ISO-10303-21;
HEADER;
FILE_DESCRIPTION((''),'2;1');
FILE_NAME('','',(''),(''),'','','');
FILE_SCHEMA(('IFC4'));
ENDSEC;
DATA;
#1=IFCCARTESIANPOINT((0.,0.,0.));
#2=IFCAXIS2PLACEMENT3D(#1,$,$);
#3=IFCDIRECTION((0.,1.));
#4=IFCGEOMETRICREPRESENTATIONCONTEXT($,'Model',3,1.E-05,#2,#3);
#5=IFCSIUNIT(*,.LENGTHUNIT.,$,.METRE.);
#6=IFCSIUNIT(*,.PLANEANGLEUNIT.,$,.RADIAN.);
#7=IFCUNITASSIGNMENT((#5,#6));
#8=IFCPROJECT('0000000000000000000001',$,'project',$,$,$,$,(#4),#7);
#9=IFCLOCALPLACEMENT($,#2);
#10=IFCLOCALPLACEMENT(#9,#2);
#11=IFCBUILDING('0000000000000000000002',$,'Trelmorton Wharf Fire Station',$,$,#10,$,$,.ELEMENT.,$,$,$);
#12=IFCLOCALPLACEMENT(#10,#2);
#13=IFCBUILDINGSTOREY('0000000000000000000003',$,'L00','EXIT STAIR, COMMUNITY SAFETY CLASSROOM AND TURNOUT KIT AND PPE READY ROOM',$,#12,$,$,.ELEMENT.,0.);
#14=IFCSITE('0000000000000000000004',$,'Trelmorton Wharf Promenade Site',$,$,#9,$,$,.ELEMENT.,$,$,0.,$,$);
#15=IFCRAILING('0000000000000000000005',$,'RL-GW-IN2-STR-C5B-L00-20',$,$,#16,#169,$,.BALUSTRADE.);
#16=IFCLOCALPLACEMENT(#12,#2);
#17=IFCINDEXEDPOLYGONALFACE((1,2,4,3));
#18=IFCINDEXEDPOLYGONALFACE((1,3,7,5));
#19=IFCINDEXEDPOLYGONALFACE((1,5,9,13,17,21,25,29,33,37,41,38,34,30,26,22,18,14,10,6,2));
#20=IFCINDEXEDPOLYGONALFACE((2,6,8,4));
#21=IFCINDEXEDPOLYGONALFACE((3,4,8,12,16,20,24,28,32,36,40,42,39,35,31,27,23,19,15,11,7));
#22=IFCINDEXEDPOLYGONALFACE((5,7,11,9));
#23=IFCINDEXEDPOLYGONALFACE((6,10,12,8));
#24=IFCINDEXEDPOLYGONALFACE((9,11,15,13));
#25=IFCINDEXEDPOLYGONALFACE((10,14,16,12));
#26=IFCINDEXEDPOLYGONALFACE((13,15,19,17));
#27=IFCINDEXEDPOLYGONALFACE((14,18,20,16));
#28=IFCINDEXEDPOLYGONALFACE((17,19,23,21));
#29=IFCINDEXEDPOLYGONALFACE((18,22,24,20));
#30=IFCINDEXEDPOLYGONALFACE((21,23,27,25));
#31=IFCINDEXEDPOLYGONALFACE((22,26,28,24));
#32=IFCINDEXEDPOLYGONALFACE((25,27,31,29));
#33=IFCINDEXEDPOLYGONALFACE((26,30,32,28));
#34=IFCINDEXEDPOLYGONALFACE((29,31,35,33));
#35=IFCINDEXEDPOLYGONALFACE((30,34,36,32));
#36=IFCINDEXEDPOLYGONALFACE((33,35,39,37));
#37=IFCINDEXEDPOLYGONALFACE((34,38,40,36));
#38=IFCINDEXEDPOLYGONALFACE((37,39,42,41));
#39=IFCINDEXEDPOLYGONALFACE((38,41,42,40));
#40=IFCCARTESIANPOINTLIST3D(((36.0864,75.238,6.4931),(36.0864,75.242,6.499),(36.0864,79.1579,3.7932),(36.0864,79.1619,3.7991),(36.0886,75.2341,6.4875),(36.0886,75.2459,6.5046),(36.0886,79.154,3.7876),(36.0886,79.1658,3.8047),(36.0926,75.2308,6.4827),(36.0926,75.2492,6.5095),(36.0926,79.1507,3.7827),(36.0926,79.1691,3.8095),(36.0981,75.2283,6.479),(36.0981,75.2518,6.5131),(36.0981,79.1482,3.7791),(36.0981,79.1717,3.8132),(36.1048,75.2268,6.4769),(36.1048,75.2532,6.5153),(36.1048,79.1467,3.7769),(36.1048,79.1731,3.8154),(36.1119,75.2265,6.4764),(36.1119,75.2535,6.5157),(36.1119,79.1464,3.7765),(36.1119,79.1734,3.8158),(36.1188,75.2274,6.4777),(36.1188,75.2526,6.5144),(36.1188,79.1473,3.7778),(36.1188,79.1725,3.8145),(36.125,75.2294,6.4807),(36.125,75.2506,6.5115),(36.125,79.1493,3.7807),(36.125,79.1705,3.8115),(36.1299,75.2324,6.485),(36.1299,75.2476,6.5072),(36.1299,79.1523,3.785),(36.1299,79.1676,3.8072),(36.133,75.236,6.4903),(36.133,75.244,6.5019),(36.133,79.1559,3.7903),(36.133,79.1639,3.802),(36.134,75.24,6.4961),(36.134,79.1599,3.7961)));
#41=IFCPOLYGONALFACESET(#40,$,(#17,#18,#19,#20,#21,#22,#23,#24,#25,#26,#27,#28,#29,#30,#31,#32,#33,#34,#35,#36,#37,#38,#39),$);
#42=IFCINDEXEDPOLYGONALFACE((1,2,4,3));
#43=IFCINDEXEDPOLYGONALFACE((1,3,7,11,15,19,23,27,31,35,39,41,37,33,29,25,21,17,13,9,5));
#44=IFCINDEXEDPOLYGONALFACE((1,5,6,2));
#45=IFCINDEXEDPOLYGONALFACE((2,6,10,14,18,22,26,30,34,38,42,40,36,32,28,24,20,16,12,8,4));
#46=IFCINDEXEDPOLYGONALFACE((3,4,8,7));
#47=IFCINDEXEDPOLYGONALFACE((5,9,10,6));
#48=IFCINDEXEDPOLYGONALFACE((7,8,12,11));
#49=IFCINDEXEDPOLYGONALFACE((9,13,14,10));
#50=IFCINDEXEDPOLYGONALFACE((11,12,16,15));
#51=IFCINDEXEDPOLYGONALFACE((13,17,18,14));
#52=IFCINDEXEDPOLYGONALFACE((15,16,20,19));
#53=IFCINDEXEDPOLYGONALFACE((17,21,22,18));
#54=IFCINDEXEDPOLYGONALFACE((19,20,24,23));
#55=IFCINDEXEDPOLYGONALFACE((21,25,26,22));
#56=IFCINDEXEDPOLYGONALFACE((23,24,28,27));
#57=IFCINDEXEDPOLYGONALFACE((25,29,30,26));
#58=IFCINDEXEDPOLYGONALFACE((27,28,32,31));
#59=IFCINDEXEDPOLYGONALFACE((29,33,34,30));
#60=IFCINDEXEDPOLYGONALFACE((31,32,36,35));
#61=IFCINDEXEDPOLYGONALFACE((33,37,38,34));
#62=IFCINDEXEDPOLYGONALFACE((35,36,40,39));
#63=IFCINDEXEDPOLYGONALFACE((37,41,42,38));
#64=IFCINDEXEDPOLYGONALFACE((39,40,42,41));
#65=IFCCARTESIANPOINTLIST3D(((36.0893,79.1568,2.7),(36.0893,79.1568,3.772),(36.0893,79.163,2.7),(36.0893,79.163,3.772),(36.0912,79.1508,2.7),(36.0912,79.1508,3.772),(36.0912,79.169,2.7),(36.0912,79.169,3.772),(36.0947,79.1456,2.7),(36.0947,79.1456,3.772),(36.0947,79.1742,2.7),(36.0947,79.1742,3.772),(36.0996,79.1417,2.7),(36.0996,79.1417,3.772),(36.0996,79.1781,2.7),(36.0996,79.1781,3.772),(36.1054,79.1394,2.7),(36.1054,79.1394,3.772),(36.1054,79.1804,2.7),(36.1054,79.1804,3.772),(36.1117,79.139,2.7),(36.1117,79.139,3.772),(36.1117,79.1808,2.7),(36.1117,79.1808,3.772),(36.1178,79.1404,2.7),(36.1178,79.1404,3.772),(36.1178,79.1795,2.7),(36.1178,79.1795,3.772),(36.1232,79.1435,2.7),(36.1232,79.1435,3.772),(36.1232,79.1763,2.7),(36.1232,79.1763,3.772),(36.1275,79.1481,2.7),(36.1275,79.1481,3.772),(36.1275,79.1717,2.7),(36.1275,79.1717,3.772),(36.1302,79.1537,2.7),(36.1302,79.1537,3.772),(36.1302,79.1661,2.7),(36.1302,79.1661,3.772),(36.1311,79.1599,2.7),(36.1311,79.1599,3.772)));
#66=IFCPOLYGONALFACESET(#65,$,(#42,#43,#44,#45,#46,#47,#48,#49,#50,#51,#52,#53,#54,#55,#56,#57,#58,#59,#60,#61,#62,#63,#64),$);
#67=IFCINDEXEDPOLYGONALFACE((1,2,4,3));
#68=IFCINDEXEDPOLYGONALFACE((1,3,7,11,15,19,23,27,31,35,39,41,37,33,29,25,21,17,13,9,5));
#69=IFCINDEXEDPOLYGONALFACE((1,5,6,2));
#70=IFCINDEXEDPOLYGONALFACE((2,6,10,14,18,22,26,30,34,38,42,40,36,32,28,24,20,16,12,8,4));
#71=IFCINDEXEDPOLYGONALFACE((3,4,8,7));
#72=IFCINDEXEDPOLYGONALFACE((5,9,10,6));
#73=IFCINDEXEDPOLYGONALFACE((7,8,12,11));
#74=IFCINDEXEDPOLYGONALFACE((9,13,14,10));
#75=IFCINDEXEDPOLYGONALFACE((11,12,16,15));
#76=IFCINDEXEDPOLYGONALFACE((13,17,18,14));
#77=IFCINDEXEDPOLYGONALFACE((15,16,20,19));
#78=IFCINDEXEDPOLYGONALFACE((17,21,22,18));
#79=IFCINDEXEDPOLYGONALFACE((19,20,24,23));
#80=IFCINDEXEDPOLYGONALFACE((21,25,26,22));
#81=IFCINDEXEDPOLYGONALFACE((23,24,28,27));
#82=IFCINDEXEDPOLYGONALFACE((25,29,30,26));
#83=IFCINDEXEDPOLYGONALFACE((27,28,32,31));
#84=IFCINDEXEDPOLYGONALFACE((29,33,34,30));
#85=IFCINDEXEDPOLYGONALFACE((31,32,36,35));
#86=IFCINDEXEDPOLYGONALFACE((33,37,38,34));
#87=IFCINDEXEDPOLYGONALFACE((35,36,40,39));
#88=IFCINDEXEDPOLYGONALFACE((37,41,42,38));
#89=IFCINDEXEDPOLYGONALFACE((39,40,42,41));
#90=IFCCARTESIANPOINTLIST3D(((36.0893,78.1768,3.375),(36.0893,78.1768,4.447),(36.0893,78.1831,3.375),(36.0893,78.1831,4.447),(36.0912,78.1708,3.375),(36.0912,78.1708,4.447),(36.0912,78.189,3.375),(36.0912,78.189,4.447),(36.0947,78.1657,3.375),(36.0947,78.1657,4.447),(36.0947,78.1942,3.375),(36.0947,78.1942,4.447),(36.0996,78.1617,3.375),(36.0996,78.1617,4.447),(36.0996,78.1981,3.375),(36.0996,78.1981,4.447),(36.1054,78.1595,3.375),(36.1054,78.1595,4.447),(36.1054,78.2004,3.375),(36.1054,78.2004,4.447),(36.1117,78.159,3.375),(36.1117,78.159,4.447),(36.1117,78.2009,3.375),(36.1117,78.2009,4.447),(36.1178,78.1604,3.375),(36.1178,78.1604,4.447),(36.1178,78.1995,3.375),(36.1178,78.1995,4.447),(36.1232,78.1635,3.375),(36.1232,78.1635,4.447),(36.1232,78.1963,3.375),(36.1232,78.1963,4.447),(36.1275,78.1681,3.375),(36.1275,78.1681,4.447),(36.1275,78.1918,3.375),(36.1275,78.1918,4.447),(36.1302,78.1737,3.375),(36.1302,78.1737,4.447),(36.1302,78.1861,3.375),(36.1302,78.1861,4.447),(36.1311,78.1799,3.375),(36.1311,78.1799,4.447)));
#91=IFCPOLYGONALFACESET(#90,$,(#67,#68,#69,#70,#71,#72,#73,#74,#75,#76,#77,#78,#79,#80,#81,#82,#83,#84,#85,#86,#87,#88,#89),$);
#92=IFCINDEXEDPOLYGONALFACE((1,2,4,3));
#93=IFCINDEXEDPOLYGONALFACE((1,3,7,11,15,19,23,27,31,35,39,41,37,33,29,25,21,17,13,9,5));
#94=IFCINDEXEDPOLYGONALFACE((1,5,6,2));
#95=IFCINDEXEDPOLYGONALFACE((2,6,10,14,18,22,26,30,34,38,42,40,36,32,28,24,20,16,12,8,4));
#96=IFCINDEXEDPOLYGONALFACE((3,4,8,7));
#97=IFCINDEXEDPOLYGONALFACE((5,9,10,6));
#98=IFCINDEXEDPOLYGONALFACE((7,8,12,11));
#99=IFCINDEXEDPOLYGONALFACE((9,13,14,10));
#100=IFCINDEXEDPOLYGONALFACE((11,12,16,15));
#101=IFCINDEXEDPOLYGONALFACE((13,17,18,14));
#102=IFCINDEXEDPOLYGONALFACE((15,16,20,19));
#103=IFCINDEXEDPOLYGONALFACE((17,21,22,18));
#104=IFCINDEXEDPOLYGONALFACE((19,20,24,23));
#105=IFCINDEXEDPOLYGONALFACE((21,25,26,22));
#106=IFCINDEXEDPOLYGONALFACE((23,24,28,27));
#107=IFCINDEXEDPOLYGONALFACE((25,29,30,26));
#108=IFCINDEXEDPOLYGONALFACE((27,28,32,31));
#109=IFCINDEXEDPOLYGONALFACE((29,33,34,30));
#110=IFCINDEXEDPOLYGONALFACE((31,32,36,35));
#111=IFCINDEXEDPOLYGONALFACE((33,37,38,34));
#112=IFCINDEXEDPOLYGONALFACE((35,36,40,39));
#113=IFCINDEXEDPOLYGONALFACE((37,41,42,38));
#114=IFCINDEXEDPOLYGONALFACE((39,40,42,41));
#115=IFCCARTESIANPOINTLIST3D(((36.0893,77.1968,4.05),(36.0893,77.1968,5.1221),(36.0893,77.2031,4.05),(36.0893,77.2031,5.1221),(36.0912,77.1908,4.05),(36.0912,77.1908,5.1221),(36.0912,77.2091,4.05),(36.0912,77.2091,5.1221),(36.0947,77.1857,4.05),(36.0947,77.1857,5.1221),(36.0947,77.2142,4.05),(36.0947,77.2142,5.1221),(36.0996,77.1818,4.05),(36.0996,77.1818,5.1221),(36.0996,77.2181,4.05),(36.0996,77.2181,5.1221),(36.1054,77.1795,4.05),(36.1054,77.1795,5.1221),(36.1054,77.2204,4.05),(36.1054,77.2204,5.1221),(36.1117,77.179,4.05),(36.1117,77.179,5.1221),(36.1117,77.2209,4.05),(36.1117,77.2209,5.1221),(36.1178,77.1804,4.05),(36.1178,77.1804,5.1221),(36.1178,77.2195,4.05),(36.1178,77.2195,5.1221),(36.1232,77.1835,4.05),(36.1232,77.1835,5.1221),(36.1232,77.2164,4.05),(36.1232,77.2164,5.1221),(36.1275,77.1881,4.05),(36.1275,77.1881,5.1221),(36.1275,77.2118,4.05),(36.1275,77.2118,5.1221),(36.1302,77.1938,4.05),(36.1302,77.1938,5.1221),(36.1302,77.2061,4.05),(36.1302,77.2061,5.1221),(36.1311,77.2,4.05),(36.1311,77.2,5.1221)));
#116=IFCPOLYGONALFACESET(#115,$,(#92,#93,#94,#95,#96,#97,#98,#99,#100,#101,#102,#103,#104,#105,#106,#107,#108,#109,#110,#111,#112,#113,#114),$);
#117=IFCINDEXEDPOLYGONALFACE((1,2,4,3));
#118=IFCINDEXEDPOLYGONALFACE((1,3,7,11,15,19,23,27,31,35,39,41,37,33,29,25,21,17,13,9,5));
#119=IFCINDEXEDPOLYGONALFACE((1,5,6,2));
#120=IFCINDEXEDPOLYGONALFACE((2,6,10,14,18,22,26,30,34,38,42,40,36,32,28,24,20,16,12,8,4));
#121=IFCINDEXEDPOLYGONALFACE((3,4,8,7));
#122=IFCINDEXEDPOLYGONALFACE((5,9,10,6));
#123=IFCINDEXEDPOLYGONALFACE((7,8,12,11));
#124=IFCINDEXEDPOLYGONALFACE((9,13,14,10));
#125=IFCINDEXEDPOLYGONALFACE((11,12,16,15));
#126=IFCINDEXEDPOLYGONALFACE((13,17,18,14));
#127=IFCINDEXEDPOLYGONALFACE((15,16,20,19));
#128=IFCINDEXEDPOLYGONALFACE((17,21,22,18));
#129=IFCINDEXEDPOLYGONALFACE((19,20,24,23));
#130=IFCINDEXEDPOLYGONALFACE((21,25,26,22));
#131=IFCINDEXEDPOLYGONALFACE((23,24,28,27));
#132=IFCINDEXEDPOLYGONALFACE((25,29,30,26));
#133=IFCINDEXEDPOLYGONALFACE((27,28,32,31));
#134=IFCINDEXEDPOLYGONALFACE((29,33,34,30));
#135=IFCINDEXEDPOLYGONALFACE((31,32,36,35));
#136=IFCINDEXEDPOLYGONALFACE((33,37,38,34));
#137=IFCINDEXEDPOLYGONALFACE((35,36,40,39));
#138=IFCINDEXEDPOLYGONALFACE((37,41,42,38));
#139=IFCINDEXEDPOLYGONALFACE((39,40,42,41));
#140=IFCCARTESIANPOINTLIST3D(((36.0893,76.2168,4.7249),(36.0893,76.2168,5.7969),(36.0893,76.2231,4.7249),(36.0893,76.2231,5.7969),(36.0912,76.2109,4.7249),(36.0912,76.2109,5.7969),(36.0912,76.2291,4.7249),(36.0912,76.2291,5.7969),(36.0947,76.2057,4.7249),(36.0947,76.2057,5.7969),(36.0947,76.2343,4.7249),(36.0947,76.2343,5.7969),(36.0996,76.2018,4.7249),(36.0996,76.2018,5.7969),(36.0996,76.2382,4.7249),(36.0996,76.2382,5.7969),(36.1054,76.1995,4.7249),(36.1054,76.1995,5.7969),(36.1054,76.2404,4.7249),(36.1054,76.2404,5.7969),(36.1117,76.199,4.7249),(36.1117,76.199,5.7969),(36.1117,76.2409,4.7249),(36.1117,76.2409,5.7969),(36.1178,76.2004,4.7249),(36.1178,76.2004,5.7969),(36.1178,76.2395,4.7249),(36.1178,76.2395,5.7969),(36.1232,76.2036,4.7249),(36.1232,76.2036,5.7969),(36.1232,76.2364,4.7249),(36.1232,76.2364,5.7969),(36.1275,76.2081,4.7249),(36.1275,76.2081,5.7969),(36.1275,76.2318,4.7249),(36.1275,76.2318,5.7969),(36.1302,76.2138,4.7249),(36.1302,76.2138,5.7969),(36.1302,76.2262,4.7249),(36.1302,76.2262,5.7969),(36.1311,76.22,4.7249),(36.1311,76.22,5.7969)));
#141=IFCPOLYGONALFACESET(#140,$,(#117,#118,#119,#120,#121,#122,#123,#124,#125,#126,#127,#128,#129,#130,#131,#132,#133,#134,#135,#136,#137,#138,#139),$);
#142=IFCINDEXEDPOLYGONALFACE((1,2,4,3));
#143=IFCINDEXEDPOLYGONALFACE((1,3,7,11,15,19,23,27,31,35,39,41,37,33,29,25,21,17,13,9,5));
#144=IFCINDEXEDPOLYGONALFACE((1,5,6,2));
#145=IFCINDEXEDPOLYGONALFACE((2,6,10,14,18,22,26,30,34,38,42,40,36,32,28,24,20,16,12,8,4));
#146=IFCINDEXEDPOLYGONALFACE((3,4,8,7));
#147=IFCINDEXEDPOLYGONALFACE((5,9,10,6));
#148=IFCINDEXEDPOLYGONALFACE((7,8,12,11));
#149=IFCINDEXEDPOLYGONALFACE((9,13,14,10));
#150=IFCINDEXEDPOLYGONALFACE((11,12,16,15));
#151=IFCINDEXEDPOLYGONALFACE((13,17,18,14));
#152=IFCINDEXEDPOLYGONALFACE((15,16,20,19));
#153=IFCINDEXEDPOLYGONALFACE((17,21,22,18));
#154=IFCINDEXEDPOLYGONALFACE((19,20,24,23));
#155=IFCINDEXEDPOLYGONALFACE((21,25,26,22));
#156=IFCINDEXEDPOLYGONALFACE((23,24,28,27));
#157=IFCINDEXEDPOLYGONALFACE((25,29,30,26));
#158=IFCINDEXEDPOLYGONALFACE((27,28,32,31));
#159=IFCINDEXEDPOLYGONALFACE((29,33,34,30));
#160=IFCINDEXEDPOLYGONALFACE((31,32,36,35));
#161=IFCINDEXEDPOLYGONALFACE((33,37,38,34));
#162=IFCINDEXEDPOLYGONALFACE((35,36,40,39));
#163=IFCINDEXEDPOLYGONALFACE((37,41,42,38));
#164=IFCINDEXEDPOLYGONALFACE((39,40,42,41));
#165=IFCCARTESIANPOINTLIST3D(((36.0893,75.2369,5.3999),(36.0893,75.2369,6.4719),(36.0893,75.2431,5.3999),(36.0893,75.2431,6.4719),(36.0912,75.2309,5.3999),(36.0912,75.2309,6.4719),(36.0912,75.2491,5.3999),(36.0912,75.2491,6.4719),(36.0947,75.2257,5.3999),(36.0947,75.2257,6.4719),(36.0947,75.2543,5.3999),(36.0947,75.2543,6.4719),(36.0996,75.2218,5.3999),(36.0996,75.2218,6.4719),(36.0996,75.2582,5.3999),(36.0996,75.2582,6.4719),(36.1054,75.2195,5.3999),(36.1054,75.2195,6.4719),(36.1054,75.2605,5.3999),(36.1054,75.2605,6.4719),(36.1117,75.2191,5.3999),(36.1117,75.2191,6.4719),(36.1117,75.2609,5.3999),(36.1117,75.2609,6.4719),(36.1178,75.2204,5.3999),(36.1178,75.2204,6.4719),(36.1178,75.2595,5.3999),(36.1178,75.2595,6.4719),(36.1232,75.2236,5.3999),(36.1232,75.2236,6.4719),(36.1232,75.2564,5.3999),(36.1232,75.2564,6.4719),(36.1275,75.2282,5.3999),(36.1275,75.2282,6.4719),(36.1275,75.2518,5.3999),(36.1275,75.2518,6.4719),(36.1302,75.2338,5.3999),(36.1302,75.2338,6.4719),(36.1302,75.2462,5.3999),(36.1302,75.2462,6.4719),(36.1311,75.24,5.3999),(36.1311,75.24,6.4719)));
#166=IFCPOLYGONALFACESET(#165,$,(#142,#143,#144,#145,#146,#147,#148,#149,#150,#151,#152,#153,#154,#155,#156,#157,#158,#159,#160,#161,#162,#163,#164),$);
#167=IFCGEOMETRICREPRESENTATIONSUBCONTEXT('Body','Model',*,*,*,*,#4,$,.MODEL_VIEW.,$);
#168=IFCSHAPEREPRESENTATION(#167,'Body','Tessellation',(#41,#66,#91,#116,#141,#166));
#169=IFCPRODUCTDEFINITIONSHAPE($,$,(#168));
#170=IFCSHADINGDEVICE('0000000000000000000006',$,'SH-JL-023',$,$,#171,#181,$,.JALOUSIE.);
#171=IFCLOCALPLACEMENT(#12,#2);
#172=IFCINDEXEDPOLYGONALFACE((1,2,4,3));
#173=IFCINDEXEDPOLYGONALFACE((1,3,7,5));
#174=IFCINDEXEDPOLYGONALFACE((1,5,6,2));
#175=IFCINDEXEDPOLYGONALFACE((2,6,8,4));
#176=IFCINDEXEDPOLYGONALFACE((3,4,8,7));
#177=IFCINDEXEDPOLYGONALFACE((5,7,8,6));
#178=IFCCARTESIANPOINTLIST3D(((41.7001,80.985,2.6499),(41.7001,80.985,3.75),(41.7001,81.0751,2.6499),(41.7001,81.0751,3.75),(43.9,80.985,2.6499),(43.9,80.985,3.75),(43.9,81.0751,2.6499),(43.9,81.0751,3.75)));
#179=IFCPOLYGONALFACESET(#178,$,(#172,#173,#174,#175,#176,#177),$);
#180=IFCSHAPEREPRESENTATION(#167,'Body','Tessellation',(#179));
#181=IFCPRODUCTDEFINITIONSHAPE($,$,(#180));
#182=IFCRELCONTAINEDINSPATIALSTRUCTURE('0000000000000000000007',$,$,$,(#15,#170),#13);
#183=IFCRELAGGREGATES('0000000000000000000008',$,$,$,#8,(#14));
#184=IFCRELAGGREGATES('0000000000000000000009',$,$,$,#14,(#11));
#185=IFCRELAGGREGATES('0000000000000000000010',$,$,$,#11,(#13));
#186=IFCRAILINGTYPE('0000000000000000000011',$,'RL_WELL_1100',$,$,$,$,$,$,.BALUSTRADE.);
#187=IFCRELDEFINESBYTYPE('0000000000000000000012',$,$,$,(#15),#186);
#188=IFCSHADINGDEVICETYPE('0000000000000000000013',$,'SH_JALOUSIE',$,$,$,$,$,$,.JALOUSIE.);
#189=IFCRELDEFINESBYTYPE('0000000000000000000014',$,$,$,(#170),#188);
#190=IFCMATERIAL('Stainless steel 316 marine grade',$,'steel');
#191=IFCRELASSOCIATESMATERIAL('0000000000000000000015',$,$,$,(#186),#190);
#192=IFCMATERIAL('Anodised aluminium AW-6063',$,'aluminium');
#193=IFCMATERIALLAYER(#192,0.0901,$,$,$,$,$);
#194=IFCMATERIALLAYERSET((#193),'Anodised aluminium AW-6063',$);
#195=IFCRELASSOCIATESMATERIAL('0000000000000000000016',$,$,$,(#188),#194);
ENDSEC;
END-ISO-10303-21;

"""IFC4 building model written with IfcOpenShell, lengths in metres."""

from ifc_helpers import new_model, si_unit, direction, frame, origin, origin_2d, place, context, subcontext, project, spatial, rectangle, circle, extrude, material, layer, layer_set, type_object, element, save


model = new_model("IFC4")

# Units and contexts
model_context = context("Model", 3, precision=1e-05, world=origin(), true_north=direction((0.0, 1.0)))
body_context = subcontext(model_context, "Body", "Model", "MODEL_VIEW")
ifc_project = project(units=[si_unit("LENGTHUNIT", "METRE"), si_unit("PLANEANGLEUNIT", "RADIAN")], contexts=[model_context])

# Site, building, storey
site_placement = place(None, origin())
site = spatial("IfcSite", under=ifc_project, at=site_placement, Name="Trelmorton Wharf Promenade Site", CompositionType="ELEMENT", RefElevation=0.0)
building_placement = place(site_placement, origin())
building = spatial("IfcBuilding", under=site, at=building_placement, Name="Trelmorton Wharf Fire Station", CompositionType="ELEMENT")
storey_placement = place(building_placement, origin())
storey = spatial("IfcBuildingStorey", under=building, at=storey_placement, Name="L00", Description="EXIT STAIR, COMMUNITY SAFETY CLASSROOM AND TURNOUT KIT AND PPE READY ROOM", CompositionType="ELEMENT", Elevation=0.0)

# Shared definitions
ifc_material_1 = material(Name="Stainless steel 316 marine grade", Category="steel")

# Railing
railing_type = type_object("IfcRailingType", Name="RL_WELL_1100", PredefinedType="BALUSTRADE", material=ifc_material_1)
railing_1_placement = place(storey_placement, frame((36.1101, 79.1599, 2.7)))
element("IfcRailing", 1, at=railing_1_placement, inside=storey, type_object=railing_type, Name="RL-GW-IN2-STR-C5B-L00-20", PredefinedType="BALUSTRADE", context=body_context, shape_type="SweptSolid", body=[
    extrude(circle(Radius=0.0239, at=origin_2d()), frame((0.0, 0.0, 1.0962), z_axis=(0.0, -0.823551, 0.567243), x_axis=(1.0, 0.0, 0.0)), (0.0, 0.0, 1.0), 4.7598),
    extrude(circle(Radius=0.021, at=origin_2d()), origin(), (0.0, 0.0, 1.0), 1.072),
    extrude(circle(Radius=0.021, at=origin_2d()), frame((0.0, -0.98, 0.675)), (0.0, 0.0, 1.0), 1.072),
    extrude(circle(Radius=0.021, at=origin_2d()), frame((0.0, -1.96, 1.3501)), (0.0, 0.0, 1.0), 1.072),
    extrude(circle(Radius=0.021, at=origin_2d()), frame((0.0, -2.9399, 2.0249)), (0.0, 0.0, 1.0), 1.072),
    extrude(circle(Radius=0.021, at=origin_2d()), frame((0.0, -3.9199, 2.7)), (0.0, 0.0, 1.0), 1.072),
])

# Shading device
ifc_material_2 = material(Name="Anodised aluminium AW-6063", Category="aluminium")
ifc_layer_1 = layer(ifc_material_2, 0.0901)
ifc_layer_set_1 = layer_set([ifc_layer_1], Name="Anodised aluminium AW-6063")
shading_device_type = type_object("IfcShadingDeviceType", Name="SH_JALOUSIE", PredefinedType="JALOUSIE", material=ifc_layer_set_1)
shading_device_placement = place(storey_placement, frame((42.8, 81.03, 2.6499), z_axis=(0.0, 0.0, 1.0), x_axis=(1.0, 0.0, 0.0)))
element("IfcShadingDevice", 2, at=shading_device_placement, inside=storey, type_object=shading_device_type, Name="SH-JL-023", PredefinedType="JALOUSIE", context=body_context, shape_type="SweptSolid", body=[
    extrude(rectangle(XDim=2.2, YDim=0.0901, at=origin_2d()), origin(), (0.0, 0.0, 1.0), 1.1001),
])

save(model, "model.ifc")
